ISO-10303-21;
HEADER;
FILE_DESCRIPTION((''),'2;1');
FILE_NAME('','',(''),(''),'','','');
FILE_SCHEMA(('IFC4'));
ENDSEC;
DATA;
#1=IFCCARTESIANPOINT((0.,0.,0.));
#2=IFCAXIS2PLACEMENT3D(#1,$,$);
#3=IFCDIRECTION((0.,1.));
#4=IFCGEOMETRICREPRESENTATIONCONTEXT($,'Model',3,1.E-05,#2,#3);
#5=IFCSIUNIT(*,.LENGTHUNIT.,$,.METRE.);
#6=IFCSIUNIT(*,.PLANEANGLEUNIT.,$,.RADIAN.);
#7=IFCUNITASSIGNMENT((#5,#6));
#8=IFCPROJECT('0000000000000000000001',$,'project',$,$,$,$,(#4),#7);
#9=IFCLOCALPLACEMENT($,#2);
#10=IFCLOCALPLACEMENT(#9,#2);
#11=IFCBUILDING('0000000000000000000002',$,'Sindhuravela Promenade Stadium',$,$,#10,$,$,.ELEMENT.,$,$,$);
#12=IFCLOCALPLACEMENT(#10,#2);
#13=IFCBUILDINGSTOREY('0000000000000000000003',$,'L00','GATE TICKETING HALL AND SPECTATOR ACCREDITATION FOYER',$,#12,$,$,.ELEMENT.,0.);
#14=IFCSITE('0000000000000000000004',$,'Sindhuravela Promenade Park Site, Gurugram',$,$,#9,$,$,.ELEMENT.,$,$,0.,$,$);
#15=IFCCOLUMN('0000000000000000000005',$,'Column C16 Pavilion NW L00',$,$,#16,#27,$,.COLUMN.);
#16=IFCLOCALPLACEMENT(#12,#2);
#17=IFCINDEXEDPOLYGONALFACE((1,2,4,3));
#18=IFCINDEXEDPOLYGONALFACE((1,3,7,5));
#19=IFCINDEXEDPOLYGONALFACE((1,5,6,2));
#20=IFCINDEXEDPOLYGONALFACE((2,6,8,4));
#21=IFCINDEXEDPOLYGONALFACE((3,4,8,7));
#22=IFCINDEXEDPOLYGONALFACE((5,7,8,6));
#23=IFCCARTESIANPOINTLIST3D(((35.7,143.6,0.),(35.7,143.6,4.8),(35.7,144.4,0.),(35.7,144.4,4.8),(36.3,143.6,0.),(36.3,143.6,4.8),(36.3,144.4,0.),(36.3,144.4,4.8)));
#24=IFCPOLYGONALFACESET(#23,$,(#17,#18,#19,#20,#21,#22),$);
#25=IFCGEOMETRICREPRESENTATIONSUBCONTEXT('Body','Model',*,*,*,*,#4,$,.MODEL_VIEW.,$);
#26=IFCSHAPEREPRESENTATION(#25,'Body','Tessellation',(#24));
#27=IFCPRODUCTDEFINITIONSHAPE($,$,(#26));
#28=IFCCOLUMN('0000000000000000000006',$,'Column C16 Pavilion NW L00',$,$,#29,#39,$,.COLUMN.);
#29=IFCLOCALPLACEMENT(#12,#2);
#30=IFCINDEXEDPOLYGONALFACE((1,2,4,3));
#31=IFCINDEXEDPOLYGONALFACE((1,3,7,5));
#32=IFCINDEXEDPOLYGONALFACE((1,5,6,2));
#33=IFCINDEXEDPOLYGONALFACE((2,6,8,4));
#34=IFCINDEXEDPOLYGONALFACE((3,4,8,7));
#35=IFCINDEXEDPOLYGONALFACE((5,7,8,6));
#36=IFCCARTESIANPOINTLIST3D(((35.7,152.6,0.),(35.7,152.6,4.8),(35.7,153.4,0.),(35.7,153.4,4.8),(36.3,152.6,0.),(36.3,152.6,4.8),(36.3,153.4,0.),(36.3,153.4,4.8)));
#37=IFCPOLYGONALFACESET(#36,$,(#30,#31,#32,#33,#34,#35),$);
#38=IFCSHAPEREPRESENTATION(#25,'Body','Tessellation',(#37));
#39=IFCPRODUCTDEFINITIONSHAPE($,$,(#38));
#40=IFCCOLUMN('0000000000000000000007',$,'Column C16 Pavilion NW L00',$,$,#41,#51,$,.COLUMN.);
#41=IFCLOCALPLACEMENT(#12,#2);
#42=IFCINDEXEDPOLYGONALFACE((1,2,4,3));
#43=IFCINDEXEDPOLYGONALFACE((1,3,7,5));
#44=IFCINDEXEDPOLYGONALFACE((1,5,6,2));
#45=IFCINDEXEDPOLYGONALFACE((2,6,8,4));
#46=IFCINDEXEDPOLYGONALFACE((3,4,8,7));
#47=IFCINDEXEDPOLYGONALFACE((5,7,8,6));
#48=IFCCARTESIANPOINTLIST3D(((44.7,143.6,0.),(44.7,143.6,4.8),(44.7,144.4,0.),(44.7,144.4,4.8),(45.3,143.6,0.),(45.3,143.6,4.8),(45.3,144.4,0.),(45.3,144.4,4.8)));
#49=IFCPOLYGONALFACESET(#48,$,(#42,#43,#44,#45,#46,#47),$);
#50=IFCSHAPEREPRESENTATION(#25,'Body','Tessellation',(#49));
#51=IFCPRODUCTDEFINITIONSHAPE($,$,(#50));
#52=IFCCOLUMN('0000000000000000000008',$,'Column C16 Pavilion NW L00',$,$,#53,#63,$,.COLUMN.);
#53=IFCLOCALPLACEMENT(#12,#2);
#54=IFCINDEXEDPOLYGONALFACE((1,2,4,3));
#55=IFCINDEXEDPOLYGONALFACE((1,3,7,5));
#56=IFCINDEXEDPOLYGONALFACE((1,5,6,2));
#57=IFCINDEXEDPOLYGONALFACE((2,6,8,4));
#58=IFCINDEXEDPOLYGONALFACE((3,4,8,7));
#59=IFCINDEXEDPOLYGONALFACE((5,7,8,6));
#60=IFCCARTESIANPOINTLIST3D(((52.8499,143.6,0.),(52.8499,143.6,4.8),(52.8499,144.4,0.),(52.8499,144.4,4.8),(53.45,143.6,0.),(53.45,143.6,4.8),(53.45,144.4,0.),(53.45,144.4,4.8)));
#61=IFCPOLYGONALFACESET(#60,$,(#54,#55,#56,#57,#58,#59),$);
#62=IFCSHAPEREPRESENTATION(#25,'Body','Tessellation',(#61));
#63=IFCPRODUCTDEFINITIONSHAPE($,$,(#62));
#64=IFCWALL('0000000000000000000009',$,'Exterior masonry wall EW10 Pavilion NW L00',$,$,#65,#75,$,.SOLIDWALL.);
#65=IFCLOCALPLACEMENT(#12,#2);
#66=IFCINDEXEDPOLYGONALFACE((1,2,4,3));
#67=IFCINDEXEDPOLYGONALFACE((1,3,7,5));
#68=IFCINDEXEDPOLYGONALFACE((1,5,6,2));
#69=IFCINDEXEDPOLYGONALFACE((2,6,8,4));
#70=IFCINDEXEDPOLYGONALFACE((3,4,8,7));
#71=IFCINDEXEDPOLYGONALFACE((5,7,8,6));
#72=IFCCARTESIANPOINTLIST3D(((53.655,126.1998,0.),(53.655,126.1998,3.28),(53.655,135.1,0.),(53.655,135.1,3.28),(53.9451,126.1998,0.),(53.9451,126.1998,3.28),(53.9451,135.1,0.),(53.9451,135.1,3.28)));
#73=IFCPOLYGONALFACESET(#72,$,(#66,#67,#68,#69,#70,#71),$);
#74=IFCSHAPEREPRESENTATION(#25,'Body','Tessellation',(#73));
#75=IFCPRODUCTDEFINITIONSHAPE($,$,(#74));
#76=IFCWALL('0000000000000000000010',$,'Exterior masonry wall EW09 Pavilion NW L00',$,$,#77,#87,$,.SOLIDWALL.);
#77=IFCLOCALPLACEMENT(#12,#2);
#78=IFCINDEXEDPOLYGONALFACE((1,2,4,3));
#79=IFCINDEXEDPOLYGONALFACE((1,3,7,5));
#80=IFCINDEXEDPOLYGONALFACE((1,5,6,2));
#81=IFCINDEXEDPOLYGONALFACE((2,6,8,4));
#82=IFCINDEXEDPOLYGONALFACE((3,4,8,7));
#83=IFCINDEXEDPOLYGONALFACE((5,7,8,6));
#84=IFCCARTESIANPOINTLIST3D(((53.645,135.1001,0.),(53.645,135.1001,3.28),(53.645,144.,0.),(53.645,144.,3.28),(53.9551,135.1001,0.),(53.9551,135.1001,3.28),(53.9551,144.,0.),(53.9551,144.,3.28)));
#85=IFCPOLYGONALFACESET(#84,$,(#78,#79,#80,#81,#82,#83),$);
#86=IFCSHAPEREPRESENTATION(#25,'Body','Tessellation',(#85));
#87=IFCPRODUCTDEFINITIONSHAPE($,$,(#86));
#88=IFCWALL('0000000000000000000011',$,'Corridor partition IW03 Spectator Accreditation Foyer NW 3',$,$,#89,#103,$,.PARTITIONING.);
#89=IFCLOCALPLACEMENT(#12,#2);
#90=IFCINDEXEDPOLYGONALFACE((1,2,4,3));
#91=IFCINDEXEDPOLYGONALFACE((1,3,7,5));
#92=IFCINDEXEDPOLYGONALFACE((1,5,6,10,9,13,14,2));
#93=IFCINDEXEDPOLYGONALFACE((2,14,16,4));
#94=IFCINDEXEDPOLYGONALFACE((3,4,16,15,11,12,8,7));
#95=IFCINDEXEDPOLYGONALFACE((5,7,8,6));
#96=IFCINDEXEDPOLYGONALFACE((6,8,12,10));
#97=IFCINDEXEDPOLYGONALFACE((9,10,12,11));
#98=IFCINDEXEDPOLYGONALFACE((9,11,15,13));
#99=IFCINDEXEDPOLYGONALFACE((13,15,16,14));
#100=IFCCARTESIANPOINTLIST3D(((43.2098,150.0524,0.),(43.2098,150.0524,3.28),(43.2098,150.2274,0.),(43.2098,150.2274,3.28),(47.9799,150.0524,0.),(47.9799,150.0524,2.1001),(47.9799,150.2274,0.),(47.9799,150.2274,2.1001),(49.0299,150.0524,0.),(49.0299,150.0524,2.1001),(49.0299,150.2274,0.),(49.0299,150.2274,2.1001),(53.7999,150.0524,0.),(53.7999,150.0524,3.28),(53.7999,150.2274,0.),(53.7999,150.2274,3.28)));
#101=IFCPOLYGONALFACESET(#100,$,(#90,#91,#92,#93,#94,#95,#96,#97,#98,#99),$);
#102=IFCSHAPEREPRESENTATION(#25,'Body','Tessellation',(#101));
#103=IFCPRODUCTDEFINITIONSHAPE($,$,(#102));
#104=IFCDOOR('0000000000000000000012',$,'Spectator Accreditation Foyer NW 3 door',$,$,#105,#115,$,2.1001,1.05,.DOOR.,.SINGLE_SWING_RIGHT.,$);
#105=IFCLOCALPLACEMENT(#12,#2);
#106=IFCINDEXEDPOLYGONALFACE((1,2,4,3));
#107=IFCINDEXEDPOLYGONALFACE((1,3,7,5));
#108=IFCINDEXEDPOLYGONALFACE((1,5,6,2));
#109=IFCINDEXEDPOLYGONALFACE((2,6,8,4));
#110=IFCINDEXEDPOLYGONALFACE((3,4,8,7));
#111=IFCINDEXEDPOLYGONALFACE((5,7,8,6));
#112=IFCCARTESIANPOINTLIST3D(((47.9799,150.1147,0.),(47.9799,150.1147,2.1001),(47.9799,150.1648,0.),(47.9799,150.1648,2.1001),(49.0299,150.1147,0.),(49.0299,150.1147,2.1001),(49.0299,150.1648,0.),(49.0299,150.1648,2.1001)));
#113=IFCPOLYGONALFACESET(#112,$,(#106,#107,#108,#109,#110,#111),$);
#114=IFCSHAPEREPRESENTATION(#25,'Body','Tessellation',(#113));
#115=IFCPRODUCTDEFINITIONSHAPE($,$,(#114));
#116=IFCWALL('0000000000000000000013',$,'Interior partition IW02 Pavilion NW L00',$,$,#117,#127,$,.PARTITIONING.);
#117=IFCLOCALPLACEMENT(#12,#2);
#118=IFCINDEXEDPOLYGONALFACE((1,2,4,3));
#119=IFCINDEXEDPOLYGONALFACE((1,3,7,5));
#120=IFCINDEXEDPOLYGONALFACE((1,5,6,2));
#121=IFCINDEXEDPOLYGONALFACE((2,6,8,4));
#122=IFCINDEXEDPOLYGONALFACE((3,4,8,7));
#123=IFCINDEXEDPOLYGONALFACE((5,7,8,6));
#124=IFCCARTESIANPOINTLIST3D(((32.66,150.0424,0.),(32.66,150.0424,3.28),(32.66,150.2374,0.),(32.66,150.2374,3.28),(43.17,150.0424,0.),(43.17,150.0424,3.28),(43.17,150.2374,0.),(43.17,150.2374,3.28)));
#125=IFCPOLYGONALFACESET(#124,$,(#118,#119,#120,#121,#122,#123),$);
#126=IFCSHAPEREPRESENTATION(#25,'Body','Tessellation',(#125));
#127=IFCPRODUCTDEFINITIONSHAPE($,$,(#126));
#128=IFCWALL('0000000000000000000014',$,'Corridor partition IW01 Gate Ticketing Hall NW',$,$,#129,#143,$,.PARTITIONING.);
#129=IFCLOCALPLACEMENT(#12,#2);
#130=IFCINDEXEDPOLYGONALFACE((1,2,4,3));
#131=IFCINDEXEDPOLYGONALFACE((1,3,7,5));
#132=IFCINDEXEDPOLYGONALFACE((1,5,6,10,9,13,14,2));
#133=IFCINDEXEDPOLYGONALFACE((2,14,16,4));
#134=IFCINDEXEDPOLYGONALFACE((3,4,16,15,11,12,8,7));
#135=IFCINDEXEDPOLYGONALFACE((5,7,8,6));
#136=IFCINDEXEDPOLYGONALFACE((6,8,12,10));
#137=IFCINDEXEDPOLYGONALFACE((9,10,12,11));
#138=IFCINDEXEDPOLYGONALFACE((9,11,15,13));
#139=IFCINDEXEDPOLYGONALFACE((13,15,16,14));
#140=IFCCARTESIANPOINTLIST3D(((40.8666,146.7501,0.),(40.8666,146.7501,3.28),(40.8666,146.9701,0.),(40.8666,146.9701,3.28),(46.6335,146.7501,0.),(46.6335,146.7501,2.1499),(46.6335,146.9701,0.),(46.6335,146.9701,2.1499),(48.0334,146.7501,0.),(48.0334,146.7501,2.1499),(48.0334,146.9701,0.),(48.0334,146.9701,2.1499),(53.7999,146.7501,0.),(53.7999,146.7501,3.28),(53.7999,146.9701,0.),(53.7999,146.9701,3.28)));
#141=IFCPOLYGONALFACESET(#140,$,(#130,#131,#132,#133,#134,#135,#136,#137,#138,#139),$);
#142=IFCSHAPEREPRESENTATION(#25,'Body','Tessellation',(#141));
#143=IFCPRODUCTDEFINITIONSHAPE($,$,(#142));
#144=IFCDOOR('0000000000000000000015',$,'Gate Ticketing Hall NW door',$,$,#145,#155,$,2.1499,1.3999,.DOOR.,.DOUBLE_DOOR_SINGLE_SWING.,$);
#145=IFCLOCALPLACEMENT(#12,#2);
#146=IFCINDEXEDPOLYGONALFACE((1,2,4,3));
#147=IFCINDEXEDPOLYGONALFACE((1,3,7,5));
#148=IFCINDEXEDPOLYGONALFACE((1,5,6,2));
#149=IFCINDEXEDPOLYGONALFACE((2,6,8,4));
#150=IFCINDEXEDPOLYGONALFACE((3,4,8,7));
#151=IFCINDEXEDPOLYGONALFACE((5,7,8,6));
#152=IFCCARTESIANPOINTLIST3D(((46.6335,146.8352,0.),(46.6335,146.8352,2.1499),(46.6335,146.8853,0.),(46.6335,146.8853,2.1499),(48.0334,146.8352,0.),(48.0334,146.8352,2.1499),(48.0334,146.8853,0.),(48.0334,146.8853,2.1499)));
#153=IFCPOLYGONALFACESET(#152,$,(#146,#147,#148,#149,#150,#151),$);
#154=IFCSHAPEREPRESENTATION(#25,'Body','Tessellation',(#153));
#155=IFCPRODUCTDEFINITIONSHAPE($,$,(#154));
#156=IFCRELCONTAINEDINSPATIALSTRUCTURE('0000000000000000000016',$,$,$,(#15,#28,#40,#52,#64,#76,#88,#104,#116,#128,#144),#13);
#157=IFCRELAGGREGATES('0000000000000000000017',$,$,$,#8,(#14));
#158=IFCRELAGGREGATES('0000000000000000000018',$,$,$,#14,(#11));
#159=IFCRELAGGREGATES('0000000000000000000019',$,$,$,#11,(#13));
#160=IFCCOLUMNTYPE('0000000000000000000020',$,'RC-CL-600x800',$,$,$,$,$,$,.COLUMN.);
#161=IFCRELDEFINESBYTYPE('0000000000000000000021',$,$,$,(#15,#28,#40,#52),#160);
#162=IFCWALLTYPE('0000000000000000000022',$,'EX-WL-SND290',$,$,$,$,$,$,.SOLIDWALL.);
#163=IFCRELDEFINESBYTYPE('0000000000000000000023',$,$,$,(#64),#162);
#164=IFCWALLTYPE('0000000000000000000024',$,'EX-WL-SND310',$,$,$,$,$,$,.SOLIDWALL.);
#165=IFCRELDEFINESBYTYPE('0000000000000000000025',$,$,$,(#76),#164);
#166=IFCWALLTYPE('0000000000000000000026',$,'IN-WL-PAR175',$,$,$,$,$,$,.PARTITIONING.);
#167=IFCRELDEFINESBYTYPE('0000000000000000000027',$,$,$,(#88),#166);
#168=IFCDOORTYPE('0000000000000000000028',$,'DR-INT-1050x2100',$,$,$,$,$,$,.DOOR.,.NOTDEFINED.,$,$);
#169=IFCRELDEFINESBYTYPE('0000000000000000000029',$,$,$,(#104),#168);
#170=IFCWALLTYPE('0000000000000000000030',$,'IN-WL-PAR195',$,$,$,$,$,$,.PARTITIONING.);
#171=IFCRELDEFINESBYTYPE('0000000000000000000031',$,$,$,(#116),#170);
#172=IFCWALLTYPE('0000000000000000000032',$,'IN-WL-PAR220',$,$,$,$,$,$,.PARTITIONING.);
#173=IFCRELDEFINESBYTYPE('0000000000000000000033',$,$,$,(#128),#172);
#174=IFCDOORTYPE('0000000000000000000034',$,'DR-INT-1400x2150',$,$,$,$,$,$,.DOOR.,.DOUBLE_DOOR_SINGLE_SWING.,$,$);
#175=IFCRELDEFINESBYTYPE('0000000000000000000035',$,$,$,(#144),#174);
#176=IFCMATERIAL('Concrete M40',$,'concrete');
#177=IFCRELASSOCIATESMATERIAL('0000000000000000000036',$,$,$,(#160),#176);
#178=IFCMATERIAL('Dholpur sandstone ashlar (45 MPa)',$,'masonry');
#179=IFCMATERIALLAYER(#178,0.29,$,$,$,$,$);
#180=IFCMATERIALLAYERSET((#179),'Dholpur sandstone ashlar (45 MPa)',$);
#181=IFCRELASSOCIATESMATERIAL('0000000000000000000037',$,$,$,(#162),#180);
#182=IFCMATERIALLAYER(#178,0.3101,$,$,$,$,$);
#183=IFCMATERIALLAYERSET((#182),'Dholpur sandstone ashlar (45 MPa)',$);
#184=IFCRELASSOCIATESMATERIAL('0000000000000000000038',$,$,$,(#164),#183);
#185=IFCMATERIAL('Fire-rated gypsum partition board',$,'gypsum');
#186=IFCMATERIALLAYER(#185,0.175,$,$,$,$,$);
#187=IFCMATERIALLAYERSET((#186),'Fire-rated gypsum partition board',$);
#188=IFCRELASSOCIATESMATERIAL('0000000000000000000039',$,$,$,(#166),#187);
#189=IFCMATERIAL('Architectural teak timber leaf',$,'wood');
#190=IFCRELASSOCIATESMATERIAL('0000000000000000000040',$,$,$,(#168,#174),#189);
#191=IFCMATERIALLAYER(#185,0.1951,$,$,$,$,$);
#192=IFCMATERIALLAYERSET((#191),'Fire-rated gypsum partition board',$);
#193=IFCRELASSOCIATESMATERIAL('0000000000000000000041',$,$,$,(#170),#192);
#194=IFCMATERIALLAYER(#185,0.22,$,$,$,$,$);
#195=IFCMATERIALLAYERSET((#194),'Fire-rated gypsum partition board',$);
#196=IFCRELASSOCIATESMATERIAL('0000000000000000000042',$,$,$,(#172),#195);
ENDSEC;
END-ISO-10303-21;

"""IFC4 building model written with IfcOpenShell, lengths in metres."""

from ifc_helpers import new_model, si_unit, direction, frame, frame_2d, origin, origin_2d, place, context, subcontext, project, spatial, rectangle, extrude, material, layer, layer_set, material_profile, profile_set, type_object, element, fill, save


model = new_model("IFC4")

# Units and contexts
model_context = context("Model", 3, precision=1e-05, world=origin(), true_north=direction((0.0, 1.0)))
body_context = subcontext(model_context, "Body", "Model", "MODEL_VIEW")
ifc_project = project(units=[si_unit("LENGTHUNIT", "METRE"), si_unit("PLANEANGLEUNIT", "RADIAN")], contexts=[model_context])

# Site, building, storey
site_placement = place(None, origin())
site = spatial("IfcSite", under=ifc_project, at=site_placement, Name="Sindhuravela Promenade Park Site, Gurugram", CompositionType="ELEMENT", RefElevation=0.0)
building_placement = place(site_placement, origin())
building = spatial("IfcBuilding", under=site, at=building_placement, Name="Sindhuravela Promenade Stadium", CompositionType="ELEMENT")
storey_placement = place(building_placement, origin())
storey = spatial("IfcBuildingStorey", under=building, at=storey_placement, Name="L00", Description="GATE TICKETING HALL AND SPECTATOR ACCREDITATION FOYER", CompositionType="ELEMENT", Elevation=0.0)

# Shared definitions
ifc_material_1 = material(Name="Concrete M40", Category="concrete")

# Columns
ifc_material_profile_1 = material_profile(ifc_material_1, rectangle(XDim=0.6001, YDim=0.8, at=origin_2d()), Name="RC 600x800")
ifc_profile_set_1 = profile_set([ifc_material_profile_1], Name="Concrete M40")
column_type = type_object("IfcColumnType", Name="RC-CL-600x800", PredefinedType="COLUMN", material=ifc_profile_set_1)
for number, where, z_axis, x_axis, name in (
    (1, (36.0, 144.0, 0.0), (0.0, 0.0, 1.0), (1.0, 0.0, 0.0), "Column C16 Pavilion NW L00"),
    (2, (36.0, 153.0, 0.0), (0.0, 0.0, 1.0), (1.0, 0.0, 0.0), "Column C16 Pavilion NW L00"),
    (3, (45.0, 144.0, 0.0), (0.0, 0.0, 1.0), (1.0, 0.0, 0.0), "Column C16 Pavilion NW L00"),
    (4, (53.1499, 144.0, 0.0), (0.0, 0.0, 1.0), (1.0, 0.0, 0.0), "Column C16 Pavilion NW L00"),
):
    element("IfcColumn", number, at=place(storey_placement, frame(where, z_axis=z_axis, x_axis=x_axis)), inside=storey, type_object=column_type, Name=name, PredefinedType="COLUMN", context=body_context, shape_type="SweptSolid", body=[
        extrude(rectangle(XDim=0.6001, YDim=0.8, at=origin_2d()), origin(), (0.0, 0.0, 1.0), 4.8),
    ])

# Walls
ifc_material_2 = material(Name="Dholpur sandstone ashlar (45 MPa)", Category="masonry")
ifc_layer_1 = layer(ifc_material_2, 0.29)
ifc_layer_set_1 = layer_set([ifc_layer_1], Name="Dholpur sandstone ashlar (45 MPa)")
wall_type_1 = type_object("IfcWallType", Name="EX-WL-SND290", PredefinedType="SOLIDWALL", material=ifc_layer_set_1)
wall_1_placement = place(storey_placement, frame((53.8, 135.1001, 0.0), z_axis=(0.0, 0.0, 1.0), x_axis=(0.0, -1.0, 0.0)))
element("IfcWall", 5, at=wall_1_placement, inside=storey, type_object=wall_type_1, Name="Exterior masonry wall EW10 Pavilion NW L00", PredefinedType="SOLIDWALL", context=body_context, shape_type="SweptSolid", body=[
    extrude(rectangle(XDim=8.9001, YDim=0.29, at=frame_2d((4.4502, 0.0))), origin(), (0.0, 0.0, 1.0), 3.28),
])
ifc_layer_2 = layer(ifc_material_2, 0.3101)
ifc_layer_set_2 = layer_set([ifc_layer_2], Name="Dholpur sandstone ashlar (45 MPa)")
wall_type_2 = type_object("IfcWallType", Name="EX-WL-SND310", PredefinedType="SOLIDWALL", material=ifc_layer_set_2)
wall_2_placement = place(storey_placement, frame((53.8, 144.0, 0.0), z_axis=(0.0, 0.0, 1.0), x_axis=(0.0, -1.0, 0.0)))
element("IfcWall", 6, at=wall_2_placement, inside=storey, type_object=wall_type_2, Name="Exterior masonry wall EW09 Pavilion NW L00", PredefinedType="SOLIDWALL", context=body_context, shape_type="SweptSolid", body=[
    extrude(rectangle(XDim=8.8999, YDim=0.3101, at=frame_2d((4.45, 0.0))), origin(), (0.0, 0.0, 1.0), 3.28),
])

# Wall, opening, door
ifc_material_3 = material(Name="Fire-rated gypsum partition board", Category="gypsum")
ifc_layer_3 = layer(ifc_material_3, 0.175)
ifc_layer_set_3 = layer_set([ifc_layer_3], Name="Fire-rated gypsum partition board")
wall_type_3 = type_object("IfcWallType", Name="IN-WL-PAR175", PredefinedType="PARTITIONING", material=ifc_layer_set_3)
wall_3_placement = place(storey_placement, frame((43.21, 150.1399, 0.0), z_axis=(0.0, 0.0, 1.0), x_axis=(1.0, 0.0, 0.0)))
wall_3 = element("IfcWall", 7, at=wall_3_placement, inside=storey, type_object=wall_type_3, Name="Corridor partition IW03 Spectator Accreditation Foyer NW 3", PredefinedType="PARTITIONING", context=body_context, shape_type="SweptSolid", body=[
    extrude(rectangle(XDim=10.5901, YDim=0.175, at=frame_2d((5.2949, 0.0))), origin(), (0.0, 0.0, 1.0), 3.28),
])
opening_1_placement = place(wall_3_placement, frame((4.77, 0.0, 0.0)))
opening_1 = element("IfcOpeningElement", 8, at=opening_1_placement, cuts=wall_3, PredefinedType="OPENING", context=body_context, shape_type="SweptSolid", body=[
    extrude(rectangle(XDim=1.05, YDim=2.1001, at=frame_2d((0.5249, 1.05))), frame((0.0, 0.0974, 0.0), z_axis=(0.0, -1.0, 0.0), x_axis=(1.0, 0.0, 0.0)), (0.0, 0.0, 1.0), 0.1951),
])
ifc_material_4 = material(Name="Architectural teak timber leaf", Category="wood")
door_type_1 = type_object("IfcDoorType", Name="DR-INT-1050x2100", OperationType="NOTDEFINED", PredefinedType="DOOR", material=ifc_material_4)
door_1_placement = place(opening_1_placement, origin())
door_1 = element("IfcDoor", 9, at=door_1_placement, inside=storey, type_object=door_type_1, Name="Spectator Accreditation Foyer NW 3 door", OperationType="SINGLE_SWING_RIGHT", OverallHeight=2.1001, OverallWidth=1.05, PredefinedType="DOOR", context=body_context, shape_type="SweptSolid", body=[
    extrude(rectangle(XDim=1.05, YDim=2.1001, at=frame_2d((0.5249, 1.05))), frame((0.0, 0.0249, 0.0), z_axis=(0.0, -1.0, 0.0), x_axis=(1.0, 0.0, 0.0)), (0.0, 0.0, 1.0), 0.05),
])
fill(opening_1, door_1)

# Wall
ifc_layer_4 = layer(ifc_material_3, 0.1951)
ifc_layer_set_4 = layer_set([ifc_layer_4], Name="Fire-rated gypsum partition board")
wall_type_4 = type_object("IfcWallType", Name="IN-WL-PAR195", PredefinedType="PARTITIONING", material=ifc_layer_set_4)
wall_4_placement = place(storey_placement, frame((43.1699, 150.1399, 0.0), z_axis=(0.0, 0.0, 1.0), x_axis=(-1.0, 0.0, 0.0)))
element("IfcWall", 10, at=wall_4_placement, inside=storey, type_object=wall_type_4, Name="Interior partition IW02 Pavilion NW L00", PredefinedType="PARTITIONING", context=body_context, shape_type="SweptSolid", body=[
    extrude(rectangle(XDim=10.51, YDim=0.1951, at=frame_2d((5.2549, 0.0))), origin(), (0.0, 0.0, 1.0), 3.28),
])

# Wall, opening, door
ifc_layer_5 = layer(ifc_material_3, 0.22)
ifc_layer_set_5 = layer_set([ifc_layer_5], Name="Fire-rated gypsum partition board")
wall_type_5 = type_object("IfcWallType", Name="IN-WL-PAR220", PredefinedType="PARTITIONING", material=ifc_layer_set_5)
wall_5_placement = place(storey_placement, frame((53.8, 146.8601, 0.0), z_axis=(0.0, 0.0, 1.0), x_axis=(-1.0, 0.0, 0.0)))
wall_5 = element("IfcWall", 11, at=wall_5_placement, inside=storey, type_object=wall_type_5, Name="Corridor partition IW01 Gate Ticketing Hall NW", PredefinedType="PARTITIONING", context=body_context, shape_type="SweptSolid", body=[
    extrude(rectangle(XDim=12.9333, YDim=0.22, at=frame_2d((6.4668, 0.0))), origin(), (0.0, 0.0, 1.0), 3.28),
])
opening_2_placement = place(wall_5_placement, frame((5.7666, 0.0, 0.0)))
opening_2 = element("IfcOpeningElement", 12, at=opening_2_placement, cuts=wall_5, PredefinedType="OPENING", context=body_context, shape_type="SweptSolid", body=[
    extrude(rectangle(XDim=1.3999, YDim=2.1499, at=frame_2d((0.7, 1.075))), frame((0.0, 0.1199, 0.0), z_axis=(0.0, -1.0, 0.0), x_axis=(1.0, 0.0, 0.0)), (0.0, 0.0, 1.0), 0.24),
])
door_type_2 = type_object("IfcDoorType", Name="DR-INT-1400x2150", OperationType="DOUBLE_DOOR_SINGLE_SWING", PredefinedType="DOOR", material=ifc_material_4)
door_2_placement = place(opening_2_placement, origin())
door_2 = element("IfcDoor", 13, at=door_2_placement, inside=storey, type_object=door_type_2, Name="Gate Ticketing Hall NW door", OperationType="DOUBLE_DOOR_SINGLE_SWING", OverallHeight=2.1499, OverallWidth=1.3999, PredefinedType="DOOR", context=body_context, shape_type="SweptSolid", body=[
    extrude(rectangle(XDim=1.3999, YDim=2.1499, at=frame_2d((0.7, 1.075))), frame((0.0, 0.0249, 0.0), z_axis=(0.0, -1.0, 0.0), x_axis=(1.0, 0.0, 0.0)), (0.0, 0.0, 1.0), 0.05),
])
fill(opening_2, door_2)

save(model, "model.ifc")
